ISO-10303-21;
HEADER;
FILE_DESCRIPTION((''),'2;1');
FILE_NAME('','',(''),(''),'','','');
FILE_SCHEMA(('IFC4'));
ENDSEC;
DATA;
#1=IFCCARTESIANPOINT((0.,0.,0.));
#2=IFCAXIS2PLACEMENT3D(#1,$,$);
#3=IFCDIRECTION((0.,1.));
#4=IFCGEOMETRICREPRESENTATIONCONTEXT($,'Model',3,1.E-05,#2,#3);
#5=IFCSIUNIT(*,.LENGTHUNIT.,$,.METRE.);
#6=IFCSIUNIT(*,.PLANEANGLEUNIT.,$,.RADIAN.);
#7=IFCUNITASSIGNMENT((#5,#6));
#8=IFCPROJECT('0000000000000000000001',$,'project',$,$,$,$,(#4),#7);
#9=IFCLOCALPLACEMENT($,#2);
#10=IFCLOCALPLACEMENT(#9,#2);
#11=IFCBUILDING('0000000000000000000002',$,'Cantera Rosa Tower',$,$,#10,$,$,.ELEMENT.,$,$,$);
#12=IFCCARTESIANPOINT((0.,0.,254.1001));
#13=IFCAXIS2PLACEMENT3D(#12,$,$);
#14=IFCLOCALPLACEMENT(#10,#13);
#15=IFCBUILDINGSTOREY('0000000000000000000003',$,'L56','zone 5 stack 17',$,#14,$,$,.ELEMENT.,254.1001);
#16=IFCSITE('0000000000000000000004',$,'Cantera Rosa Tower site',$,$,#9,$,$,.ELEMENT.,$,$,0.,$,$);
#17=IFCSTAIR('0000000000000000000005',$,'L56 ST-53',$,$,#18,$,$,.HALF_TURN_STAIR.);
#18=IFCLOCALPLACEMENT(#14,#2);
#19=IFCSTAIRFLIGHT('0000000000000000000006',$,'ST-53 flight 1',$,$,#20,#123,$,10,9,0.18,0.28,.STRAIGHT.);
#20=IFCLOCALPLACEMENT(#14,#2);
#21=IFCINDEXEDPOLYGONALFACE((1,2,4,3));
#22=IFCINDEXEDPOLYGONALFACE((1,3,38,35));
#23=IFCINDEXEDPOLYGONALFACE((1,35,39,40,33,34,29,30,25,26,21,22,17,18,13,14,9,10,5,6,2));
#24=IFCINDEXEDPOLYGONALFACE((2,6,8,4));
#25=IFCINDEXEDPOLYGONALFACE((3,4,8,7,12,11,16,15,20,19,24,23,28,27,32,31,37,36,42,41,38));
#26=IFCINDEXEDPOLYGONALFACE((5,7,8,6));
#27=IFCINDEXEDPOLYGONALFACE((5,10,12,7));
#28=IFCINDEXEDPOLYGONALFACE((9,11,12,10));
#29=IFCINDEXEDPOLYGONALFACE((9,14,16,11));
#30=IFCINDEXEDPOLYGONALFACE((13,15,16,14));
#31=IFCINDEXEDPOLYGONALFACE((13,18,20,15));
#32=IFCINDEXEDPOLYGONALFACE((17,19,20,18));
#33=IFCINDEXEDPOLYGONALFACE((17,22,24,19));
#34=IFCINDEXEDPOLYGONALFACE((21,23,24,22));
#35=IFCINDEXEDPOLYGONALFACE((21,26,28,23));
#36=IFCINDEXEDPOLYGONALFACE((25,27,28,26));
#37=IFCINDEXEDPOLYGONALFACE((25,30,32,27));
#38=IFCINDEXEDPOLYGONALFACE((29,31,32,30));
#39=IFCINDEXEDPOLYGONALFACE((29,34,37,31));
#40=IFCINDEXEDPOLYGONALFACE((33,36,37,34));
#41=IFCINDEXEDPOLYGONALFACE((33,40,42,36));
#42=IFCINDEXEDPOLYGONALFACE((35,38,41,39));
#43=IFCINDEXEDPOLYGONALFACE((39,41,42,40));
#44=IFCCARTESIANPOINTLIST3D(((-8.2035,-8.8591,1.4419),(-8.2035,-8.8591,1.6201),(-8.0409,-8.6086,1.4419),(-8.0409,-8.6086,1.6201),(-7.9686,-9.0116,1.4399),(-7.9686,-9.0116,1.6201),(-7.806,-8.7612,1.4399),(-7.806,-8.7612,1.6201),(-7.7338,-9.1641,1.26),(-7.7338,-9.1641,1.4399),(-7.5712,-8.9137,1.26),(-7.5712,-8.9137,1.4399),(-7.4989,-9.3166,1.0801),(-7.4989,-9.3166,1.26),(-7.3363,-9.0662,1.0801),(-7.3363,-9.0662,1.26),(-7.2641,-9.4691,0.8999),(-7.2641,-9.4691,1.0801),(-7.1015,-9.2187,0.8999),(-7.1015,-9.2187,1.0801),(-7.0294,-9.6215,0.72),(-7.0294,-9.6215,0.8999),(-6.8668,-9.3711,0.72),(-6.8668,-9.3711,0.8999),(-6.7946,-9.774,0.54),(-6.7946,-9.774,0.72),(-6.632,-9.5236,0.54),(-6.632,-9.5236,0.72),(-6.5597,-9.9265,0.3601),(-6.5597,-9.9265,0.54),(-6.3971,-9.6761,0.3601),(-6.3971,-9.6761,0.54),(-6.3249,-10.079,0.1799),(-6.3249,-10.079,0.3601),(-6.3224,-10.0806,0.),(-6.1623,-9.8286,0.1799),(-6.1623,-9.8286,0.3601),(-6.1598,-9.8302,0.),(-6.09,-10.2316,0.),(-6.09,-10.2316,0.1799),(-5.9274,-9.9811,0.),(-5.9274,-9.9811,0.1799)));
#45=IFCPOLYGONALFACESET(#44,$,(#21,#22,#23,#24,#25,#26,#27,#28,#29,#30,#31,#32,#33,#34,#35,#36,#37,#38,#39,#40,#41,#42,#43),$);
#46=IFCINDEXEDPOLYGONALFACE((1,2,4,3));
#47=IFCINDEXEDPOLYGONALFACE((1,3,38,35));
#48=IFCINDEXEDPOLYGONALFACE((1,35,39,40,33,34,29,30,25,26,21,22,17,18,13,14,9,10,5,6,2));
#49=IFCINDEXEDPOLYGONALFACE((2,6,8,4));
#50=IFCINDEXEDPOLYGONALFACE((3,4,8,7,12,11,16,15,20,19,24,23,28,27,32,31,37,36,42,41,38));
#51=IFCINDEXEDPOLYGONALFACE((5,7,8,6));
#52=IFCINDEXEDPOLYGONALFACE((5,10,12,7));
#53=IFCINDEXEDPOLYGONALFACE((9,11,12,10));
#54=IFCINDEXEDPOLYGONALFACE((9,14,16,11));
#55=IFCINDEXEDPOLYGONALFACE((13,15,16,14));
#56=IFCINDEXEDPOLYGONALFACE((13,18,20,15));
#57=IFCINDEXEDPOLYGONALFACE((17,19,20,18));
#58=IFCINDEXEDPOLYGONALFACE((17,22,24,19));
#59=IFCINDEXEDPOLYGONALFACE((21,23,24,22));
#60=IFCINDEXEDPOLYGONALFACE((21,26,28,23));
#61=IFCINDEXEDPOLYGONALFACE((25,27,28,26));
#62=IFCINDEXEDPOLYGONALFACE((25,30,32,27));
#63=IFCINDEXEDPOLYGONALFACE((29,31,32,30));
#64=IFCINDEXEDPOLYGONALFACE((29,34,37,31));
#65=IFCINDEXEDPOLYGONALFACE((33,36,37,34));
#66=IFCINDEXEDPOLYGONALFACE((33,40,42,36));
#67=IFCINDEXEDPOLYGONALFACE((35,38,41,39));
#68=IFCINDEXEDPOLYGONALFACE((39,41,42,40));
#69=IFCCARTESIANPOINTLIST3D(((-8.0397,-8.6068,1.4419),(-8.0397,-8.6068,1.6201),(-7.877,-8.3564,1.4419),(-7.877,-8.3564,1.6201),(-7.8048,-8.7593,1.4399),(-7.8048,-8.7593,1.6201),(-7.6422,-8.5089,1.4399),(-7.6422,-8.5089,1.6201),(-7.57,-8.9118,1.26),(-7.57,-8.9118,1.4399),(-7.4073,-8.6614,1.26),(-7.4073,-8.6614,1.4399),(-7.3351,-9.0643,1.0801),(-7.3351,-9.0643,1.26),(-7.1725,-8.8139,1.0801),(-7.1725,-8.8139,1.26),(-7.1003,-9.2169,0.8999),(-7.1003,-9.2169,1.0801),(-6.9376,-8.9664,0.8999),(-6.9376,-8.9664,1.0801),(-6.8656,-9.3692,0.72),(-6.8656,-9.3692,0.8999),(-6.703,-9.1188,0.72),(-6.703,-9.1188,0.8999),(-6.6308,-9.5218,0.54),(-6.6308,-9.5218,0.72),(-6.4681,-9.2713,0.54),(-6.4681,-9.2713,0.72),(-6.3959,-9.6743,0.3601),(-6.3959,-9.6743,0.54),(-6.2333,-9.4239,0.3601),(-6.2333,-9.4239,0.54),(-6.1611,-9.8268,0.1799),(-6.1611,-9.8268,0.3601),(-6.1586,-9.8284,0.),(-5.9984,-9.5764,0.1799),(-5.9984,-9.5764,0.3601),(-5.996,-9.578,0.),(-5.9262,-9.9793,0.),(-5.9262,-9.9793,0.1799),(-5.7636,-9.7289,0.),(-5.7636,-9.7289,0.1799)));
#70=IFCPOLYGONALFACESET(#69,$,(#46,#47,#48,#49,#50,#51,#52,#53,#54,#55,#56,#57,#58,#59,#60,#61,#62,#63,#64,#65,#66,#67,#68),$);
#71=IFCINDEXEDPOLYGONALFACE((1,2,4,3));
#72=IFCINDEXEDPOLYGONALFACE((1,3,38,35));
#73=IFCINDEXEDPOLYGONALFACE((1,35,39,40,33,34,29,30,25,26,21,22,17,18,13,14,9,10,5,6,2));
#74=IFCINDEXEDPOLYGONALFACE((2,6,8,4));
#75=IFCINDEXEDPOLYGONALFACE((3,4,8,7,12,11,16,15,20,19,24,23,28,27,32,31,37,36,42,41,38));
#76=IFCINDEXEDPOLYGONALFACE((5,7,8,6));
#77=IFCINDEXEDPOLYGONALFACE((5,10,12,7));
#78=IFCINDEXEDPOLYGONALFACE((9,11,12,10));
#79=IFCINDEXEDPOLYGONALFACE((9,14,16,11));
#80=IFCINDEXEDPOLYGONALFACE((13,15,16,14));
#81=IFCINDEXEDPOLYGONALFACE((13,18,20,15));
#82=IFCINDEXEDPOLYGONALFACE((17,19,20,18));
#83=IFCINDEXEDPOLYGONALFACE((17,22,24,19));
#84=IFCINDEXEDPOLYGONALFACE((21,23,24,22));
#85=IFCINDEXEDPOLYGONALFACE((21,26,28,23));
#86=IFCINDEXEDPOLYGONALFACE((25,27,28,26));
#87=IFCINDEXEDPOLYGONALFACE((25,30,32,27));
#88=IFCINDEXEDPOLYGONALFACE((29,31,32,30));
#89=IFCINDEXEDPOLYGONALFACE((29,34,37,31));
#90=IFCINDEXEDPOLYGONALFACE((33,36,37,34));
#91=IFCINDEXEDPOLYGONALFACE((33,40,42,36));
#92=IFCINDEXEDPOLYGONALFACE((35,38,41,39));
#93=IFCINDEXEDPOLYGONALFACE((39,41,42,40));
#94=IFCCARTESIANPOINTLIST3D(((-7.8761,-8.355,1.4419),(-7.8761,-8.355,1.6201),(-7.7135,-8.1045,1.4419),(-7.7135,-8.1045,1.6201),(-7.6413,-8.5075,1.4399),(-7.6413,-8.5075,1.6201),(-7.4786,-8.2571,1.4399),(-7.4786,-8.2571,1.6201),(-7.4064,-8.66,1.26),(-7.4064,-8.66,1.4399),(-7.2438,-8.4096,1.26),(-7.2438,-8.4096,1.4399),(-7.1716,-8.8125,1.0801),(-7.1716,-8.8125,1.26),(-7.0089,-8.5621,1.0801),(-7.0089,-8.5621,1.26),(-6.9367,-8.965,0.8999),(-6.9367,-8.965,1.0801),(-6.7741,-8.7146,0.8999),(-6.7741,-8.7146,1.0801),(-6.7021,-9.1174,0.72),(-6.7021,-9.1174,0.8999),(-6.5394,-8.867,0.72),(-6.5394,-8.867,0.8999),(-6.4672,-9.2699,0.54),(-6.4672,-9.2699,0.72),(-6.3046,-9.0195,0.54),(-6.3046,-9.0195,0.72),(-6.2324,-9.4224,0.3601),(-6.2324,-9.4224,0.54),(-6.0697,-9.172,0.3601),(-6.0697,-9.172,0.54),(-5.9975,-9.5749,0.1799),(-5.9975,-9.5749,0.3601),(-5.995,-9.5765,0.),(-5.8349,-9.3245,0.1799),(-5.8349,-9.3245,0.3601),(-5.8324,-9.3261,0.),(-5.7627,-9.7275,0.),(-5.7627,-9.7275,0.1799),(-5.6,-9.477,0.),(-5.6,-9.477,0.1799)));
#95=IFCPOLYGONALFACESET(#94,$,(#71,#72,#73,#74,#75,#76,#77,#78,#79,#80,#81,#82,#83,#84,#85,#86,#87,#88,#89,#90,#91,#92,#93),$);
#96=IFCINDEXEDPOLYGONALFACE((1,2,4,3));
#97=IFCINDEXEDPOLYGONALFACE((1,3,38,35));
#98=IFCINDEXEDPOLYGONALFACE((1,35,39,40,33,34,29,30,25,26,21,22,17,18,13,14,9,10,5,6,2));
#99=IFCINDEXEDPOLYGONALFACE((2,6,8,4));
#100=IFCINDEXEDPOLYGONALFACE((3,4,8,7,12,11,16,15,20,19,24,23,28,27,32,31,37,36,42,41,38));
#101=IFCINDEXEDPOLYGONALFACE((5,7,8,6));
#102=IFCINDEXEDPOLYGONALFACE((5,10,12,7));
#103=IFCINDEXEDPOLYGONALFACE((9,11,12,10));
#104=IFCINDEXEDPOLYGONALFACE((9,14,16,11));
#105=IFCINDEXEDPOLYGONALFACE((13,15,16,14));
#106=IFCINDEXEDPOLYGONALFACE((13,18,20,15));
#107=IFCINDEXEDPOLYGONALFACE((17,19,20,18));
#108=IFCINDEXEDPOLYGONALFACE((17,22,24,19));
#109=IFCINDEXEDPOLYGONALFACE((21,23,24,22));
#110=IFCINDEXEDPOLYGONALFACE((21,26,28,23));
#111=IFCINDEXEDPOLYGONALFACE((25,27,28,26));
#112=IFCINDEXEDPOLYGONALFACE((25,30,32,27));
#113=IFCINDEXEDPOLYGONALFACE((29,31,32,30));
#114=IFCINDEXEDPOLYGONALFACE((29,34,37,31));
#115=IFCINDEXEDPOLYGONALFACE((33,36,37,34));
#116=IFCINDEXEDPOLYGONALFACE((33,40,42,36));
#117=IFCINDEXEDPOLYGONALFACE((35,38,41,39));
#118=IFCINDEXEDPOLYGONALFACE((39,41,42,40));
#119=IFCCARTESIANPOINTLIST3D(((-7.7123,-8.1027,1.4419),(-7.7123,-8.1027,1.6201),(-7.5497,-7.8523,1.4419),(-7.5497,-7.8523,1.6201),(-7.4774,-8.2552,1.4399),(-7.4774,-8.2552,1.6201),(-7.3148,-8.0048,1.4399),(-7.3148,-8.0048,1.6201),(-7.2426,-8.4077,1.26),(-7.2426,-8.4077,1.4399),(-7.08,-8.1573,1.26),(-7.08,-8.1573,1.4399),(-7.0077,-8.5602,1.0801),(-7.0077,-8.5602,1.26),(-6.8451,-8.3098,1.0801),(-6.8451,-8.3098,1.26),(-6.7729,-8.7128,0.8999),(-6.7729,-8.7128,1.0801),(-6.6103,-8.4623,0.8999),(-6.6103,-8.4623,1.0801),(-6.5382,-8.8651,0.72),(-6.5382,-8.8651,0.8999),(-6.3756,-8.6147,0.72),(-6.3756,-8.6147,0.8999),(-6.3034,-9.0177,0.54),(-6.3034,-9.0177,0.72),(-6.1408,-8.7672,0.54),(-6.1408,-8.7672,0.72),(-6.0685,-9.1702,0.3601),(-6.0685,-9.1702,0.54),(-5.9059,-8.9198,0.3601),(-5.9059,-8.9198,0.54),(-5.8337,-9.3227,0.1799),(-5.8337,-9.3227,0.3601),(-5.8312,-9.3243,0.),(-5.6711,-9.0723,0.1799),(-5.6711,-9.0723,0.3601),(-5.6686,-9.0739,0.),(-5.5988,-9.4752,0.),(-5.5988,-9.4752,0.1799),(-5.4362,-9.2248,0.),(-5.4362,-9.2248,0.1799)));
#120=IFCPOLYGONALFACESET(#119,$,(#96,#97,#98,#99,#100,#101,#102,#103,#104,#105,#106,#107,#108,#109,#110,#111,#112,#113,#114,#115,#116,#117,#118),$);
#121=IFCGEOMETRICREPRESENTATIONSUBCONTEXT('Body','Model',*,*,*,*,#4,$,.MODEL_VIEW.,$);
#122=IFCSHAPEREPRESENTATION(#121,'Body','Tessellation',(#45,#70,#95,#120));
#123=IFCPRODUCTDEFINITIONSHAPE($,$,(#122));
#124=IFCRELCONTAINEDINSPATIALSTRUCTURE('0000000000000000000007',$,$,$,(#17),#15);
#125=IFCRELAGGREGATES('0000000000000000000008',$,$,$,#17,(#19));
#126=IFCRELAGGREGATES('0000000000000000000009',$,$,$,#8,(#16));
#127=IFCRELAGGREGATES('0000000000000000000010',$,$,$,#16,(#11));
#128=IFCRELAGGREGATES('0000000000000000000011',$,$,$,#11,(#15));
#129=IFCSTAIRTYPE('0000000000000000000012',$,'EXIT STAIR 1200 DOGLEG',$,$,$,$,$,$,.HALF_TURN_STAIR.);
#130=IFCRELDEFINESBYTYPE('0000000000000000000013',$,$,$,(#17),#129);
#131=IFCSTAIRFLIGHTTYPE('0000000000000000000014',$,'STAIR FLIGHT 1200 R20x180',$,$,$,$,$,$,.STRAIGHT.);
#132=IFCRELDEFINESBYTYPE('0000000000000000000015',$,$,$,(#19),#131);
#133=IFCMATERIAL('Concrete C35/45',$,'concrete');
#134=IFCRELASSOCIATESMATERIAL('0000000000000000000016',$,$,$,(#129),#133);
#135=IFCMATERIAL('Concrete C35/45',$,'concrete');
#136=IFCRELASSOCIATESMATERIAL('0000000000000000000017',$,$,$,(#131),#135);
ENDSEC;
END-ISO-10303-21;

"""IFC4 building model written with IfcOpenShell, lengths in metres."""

from ifc_helpers import new_model, si_unit, direction, frame, origin, place, context, subcontext, project, spatial, polyline, outline, extrude, material, type_object, element, aggregate, save


model = new_model("IFC4")

# Units and contexts
model_context = context("Model", 3, precision=1e-05, world=origin(), true_north=direction((0.0, 1.0)))
body_context = subcontext(model_context, "Body", "Model", "MODEL_VIEW")
ifc_project = project(units=[si_unit("LENGTHUNIT", "METRE"), si_unit("PLANEANGLEUNIT", "RADIAN")], contexts=[model_context])

# Site, building, storey
site_placement = place(None, origin())
site = spatial("IfcSite", under=ifc_project, at=site_placement, Name="Cantera Rosa Tower site", CompositionType="ELEMENT", RefElevation=0.0)
building_placement = place(site_placement, origin())
building = spatial("IfcBuilding", under=site, at=building_placement, Name="Cantera Rosa Tower", CompositionType="ELEMENT")
storey_placement = place(building_placement, frame((0.0, 0.0, 254.1001)))
storey = spatial("IfcBuildingStorey", under=building, at=storey_placement, Name="L56", Description="zone 5 stack 17", CompositionType="ELEMENT", Elevation=254.1001)

# Stair, stair flight
ifc_material_1 = material(Name="Concrete C35/45", Category="concrete")
stair_type = type_object("IfcStairType", Name="EXIT STAIR 1200 DOGLEG", PredefinedType="HALF_TURN_STAIR", material=ifc_material_1)
stair_placement = place(storey_placement, origin())
stair = element("IfcStair", 1, at=stair_placement, inside=storey, type_object=stair_type, Name="L56 ST-53", PredefinedType="HALF_TURN_STAIR")
ifc_material_2 = material(Name="Concrete C35/45", Category="concrete")
stair_flight_type = type_object("IfcStairFlightType", Name="STAIR FLIGHT 1200 R20x180", PredefinedType="STRAIGHT", material=ifc_material_2)
stair_flight_1_placement = place(storey_placement, frame((-5.7632, -9.7283, 0.0), z_axis=(0.0, 0.0, 1.0), x_axis=(-0.838671, 0.544639, 0.0)))
stair_flight_1 = element("IfcStairFlight", 2, at=stair_flight_1_placement, type_object=stair_flight_type, Name="ST-53 flight 1", NumberOfRisers=10, NumberOfTreads=9, PredefinedType="STRAIGHT", RiserHeight=0.18, TreadLength=0.28, context=body_context, shape_type="SweptSolid", body=[
    extrude(outline(polyline([(0.0, 0.0), (0.0, 0.1799), (0.28, 0.1799), (0.28, 0.3601), (0.5601, 0.3601), (0.5601, 0.54), (0.8401, 0.54), (0.8401, 0.72), (1.1201, 0.72), (1.1201, 0.8999), (1.3999, 0.8999), (1.3999, 1.0801), (1.6799, 1.0801), (1.6799, 1.26), (1.96, 1.26), (1.96, 1.4399), (2.24, 1.4399), (2.24, 1.6201), (2.52, 1.6201), (2.52, 1.8), (2.52, 1.4419), (0.2771, 0.0), (0.0, 0.0)])), frame((0.0, 0.6001, 0.0), z_axis=(0.0, -1.0, 0.0), x_axis=(1.0, 0.0, 0.0)), (0.0, 0.0, 1.0), 0.2986),
    extrude(outline(polyline([(0.0, 0.0), (0.0, 0.1799), (0.28, 0.1799), (0.28, 0.3601), (0.5601, 0.3601), (0.5601, 0.54), (0.8401, 0.54), (0.8401, 0.72), (1.1201, 0.72), (1.1201, 0.8999), (1.3999, 0.8999), (1.3999, 1.0801), (1.6799, 1.0801), (1.6799, 1.26), (1.96, 1.26), (1.96, 1.4399), (2.24, 1.4399), (2.24, 1.6201), (2.52, 1.6201), (2.52, 1.8), (2.52, 1.4419), (0.2771, 0.0), (0.0, 0.0)])), frame((0.0, 0.2993, 0.0), z_axis=(0.0, -1.0, 0.0), x_axis=(1.0, 0.0, 0.0)), (0.0, 0.0, 1.0), 0.2986),
    extrude(outline(polyline([(0.0, 0.0), (0.0, 0.1799), (0.28, 0.1799), (0.28, 0.3601), (0.5601, 0.3601), (0.5601, 0.54), (0.8401, 0.54), (0.8401, 0.72), (1.1201, 0.72), (1.1201, 0.8999), (1.3999, 0.8999), (1.3999, 1.0801), (1.6799, 1.0801), (1.6799, 1.26), (1.96, 1.26), (1.96, 1.4399), (2.24, 1.4399), (2.24, 1.6201), (2.52, 1.6201), (2.52, 1.8), (2.52, 1.4419), (0.2771, 0.0), (0.0, 0.0)])), frame((0.0, -0.001, 0.0), z_axis=(0.0, -1.0, 0.0), x_axis=(1.0, 0.0, 0.0)), (0.0, 0.0, 1.0), 0.2986),
    extrude(outline(polyline([(0.0, 0.0), (0.0, 0.1799), (0.28, 0.1799), (0.28, 0.3601), (0.5601, 0.3601), (0.5601, 0.54), (0.8401, 0.54), (0.8401, 0.72), (1.1201, 0.72), (1.1201, 0.8999), (1.3999, 0.8999), (1.3999, 1.0801), (1.6799, 1.0801), (1.6799, 1.26), (1.96, 1.26), (1.96, 1.4399), (2.24, 1.4399), (2.24, 1.6201), (2.52, 1.6201), (2.52, 1.8), (2.52, 1.4419), (0.2771, 0.0), (0.0, 0.0)])), frame((0.0, -0.3018, 0.0), z_axis=(0.0, -1.0, 0.0), x_axis=(1.0, 0.0, 0.0)), (0.0, 0.0, 1.0), 0.2986),
])
aggregate(stair, [stair_flight_1])

save(model, "model.ifc")
